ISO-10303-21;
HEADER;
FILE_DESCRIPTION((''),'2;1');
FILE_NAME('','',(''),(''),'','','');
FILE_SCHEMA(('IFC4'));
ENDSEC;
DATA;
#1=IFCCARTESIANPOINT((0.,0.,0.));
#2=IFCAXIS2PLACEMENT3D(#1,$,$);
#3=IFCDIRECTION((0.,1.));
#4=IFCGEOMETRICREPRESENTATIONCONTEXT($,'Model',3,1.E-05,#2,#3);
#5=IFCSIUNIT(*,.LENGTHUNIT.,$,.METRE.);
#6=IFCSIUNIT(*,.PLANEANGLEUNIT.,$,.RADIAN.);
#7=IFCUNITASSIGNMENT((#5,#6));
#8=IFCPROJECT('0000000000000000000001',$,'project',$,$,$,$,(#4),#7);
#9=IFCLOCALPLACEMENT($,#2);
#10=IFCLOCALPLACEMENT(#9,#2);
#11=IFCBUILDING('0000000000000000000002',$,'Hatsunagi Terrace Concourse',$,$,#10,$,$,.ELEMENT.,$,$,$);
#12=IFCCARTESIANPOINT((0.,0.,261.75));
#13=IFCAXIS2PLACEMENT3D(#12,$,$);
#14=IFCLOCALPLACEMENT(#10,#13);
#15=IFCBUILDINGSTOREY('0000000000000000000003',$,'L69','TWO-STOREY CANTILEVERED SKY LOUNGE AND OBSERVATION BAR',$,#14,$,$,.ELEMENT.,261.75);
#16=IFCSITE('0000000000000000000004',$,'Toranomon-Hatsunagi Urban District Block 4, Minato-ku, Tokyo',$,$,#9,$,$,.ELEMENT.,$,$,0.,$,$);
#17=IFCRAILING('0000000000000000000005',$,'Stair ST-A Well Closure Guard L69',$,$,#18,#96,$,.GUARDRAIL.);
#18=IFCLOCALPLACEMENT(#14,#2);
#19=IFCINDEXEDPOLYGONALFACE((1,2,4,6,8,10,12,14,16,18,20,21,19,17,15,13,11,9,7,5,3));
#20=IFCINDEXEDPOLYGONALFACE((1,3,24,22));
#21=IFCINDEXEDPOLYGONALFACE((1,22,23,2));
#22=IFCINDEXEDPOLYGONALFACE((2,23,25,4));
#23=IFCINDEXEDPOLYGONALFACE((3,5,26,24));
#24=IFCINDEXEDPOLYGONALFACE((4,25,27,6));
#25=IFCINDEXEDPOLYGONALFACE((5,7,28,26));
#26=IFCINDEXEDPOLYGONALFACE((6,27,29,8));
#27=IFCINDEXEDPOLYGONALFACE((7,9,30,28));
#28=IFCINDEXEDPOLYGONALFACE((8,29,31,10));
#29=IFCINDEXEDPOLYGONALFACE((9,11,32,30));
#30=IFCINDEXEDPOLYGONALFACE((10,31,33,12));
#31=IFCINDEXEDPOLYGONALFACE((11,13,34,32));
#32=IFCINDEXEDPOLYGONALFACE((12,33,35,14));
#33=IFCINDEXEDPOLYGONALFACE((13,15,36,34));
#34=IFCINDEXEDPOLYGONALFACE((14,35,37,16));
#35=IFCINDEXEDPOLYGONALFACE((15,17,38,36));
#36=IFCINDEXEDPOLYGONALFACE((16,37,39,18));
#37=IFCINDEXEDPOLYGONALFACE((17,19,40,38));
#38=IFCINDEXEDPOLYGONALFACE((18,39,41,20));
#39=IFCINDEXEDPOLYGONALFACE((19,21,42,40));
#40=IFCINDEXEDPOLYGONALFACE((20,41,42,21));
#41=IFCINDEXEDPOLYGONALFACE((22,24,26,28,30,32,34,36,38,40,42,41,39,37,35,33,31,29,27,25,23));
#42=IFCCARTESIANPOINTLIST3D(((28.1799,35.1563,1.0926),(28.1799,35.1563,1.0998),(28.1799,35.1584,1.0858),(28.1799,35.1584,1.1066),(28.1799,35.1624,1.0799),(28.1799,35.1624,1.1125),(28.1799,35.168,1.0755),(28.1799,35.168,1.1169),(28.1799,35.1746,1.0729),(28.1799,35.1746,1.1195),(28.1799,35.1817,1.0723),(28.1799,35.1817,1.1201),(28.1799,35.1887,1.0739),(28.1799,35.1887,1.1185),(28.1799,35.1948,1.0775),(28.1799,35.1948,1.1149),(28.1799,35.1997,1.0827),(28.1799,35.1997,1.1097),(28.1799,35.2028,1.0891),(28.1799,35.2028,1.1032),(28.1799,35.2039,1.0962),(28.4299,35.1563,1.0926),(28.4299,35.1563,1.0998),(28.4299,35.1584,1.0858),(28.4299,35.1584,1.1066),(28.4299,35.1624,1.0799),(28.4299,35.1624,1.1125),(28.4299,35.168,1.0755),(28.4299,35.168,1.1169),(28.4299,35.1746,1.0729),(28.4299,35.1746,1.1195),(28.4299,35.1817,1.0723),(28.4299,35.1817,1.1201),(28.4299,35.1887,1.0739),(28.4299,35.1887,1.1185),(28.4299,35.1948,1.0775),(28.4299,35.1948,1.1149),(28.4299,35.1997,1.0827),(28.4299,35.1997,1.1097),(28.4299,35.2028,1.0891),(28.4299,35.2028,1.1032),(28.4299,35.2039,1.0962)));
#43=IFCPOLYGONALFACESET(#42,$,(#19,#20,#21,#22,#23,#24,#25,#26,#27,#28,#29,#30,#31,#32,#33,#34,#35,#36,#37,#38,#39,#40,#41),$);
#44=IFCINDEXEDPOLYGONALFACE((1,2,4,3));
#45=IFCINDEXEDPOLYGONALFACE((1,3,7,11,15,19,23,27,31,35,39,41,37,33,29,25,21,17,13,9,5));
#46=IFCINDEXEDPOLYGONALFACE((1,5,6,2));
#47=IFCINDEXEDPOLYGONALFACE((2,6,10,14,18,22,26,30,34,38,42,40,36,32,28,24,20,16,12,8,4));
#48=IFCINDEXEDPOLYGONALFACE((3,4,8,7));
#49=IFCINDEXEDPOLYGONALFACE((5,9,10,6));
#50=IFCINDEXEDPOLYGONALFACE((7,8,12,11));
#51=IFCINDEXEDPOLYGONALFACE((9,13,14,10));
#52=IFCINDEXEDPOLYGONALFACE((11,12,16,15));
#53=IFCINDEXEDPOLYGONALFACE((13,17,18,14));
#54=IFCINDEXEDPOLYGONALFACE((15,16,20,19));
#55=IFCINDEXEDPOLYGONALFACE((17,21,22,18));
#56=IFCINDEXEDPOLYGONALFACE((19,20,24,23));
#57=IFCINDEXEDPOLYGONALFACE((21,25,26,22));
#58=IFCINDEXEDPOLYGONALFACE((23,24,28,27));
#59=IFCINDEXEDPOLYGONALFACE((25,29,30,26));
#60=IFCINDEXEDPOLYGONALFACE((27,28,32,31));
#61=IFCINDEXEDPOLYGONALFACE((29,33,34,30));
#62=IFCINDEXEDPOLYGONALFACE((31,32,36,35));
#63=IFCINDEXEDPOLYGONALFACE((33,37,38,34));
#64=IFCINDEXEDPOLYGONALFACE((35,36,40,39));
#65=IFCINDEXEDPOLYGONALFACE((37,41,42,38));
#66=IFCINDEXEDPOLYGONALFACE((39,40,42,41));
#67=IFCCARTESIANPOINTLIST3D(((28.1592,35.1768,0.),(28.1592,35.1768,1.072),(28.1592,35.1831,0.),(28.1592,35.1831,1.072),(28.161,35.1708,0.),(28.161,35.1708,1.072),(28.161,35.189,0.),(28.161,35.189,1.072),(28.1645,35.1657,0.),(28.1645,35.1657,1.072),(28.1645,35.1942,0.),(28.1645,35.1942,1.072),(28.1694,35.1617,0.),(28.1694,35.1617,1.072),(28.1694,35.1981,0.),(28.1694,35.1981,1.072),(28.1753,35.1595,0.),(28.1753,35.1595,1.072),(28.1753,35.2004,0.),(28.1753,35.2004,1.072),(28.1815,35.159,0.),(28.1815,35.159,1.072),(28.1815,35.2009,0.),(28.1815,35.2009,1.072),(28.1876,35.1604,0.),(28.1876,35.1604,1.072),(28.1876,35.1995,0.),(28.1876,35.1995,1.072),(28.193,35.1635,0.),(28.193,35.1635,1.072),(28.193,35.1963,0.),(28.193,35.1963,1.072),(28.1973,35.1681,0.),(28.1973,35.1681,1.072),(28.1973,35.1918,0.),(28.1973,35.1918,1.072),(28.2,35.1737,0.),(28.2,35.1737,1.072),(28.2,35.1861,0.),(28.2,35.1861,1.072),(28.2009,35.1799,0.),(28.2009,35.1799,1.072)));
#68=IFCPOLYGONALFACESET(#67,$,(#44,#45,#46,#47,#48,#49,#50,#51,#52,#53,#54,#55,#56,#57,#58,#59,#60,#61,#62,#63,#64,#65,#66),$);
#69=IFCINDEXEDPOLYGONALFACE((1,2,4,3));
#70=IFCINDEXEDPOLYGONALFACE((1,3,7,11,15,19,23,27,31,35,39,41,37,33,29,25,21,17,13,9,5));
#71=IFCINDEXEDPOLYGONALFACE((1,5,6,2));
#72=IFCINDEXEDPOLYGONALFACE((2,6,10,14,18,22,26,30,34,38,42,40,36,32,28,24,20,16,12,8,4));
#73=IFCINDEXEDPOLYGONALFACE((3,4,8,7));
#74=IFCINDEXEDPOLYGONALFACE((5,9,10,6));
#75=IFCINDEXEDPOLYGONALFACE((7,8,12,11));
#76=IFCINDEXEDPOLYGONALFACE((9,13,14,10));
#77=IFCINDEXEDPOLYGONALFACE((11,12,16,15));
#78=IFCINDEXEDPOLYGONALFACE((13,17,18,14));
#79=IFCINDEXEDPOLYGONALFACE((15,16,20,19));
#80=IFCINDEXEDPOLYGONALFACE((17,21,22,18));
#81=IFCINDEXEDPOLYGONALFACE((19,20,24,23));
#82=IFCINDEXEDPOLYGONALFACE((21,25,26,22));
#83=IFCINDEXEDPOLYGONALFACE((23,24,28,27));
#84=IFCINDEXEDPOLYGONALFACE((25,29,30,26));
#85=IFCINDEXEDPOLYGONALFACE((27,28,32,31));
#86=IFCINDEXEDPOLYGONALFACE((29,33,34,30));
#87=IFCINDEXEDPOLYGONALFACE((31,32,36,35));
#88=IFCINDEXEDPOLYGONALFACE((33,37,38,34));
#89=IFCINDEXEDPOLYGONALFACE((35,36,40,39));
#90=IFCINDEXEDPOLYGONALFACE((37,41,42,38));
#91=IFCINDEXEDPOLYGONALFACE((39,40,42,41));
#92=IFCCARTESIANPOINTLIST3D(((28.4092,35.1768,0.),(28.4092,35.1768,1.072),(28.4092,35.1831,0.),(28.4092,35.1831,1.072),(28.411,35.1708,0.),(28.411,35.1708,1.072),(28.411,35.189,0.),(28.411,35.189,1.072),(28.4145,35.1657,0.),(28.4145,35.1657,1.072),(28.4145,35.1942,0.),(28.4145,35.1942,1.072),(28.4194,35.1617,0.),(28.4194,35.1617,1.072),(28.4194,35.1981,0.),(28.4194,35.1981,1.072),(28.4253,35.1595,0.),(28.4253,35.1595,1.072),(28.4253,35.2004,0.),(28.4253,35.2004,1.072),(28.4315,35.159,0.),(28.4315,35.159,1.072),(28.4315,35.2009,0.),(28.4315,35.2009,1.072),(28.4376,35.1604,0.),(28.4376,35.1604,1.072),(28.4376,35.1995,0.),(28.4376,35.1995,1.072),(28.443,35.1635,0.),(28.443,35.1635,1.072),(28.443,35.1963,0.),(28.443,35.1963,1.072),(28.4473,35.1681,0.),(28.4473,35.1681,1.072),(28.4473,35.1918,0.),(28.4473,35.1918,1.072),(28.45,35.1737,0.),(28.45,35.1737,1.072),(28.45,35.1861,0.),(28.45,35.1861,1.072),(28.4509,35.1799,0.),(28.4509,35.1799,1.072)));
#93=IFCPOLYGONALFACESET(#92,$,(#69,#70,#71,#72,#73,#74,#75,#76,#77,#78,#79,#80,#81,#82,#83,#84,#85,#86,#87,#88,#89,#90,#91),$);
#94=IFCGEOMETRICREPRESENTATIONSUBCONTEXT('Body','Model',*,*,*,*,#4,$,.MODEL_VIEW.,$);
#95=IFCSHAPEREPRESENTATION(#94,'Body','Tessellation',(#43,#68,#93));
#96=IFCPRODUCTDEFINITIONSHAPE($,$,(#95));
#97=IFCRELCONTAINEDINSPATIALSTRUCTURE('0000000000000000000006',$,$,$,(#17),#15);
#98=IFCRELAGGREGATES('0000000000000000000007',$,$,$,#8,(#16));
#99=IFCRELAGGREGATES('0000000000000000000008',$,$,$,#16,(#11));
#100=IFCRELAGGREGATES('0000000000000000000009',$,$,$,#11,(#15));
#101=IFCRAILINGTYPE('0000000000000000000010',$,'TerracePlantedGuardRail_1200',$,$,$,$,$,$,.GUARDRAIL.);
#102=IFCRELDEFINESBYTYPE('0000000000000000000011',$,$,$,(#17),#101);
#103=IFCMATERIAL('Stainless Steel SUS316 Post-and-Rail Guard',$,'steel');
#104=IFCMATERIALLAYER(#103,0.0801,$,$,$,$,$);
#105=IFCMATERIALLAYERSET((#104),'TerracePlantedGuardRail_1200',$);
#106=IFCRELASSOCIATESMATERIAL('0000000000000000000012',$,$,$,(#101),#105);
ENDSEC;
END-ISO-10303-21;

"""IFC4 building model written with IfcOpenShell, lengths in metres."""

from ifc_helpers import new_model, si_unit, direction, frame, origin, origin_2d, place, context, subcontext, project, spatial, circle, extrude, material, layer, layer_set, type_object, element, save


model = new_model("IFC4")

# Units and contexts
model_context = context("Model", 3, precision=1e-05, world=origin(), true_north=direction((0.0, 1.0)))
body_context = subcontext(model_context, "Body", "Model", "MODEL_VIEW")
ifc_project = project(units=[si_unit("LENGTHUNIT", "METRE"), si_unit("PLANEANGLEUNIT", "RADIAN")], contexts=[model_context])

# Site, building, storey
site_placement = place(None, origin())
site = spatial("IfcSite", under=ifc_project, at=site_placement, Name="Toranomon-Hatsunagi Urban District Block 4, Minato-ku, Tokyo", CompositionType="ELEMENT", RefElevation=0.0)
building_placement = place(site_placement, origin())
building = spatial("IfcBuilding", under=site, at=building_placement, Name="Hatsunagi Terrace Concourse", CompositionType="ELEMENT")
storey_placement = place(building_placement, frame((0.0, 0.0, 261.75)))
storey = spatial("IfcBuildingStorey", under=building, at=storey_placement, Name="L69", Description="TWO-STOREY CANTILEVERED SKY LOUNGE AND OBSERVATION BAR", CompositionType="ELEMENT", Elevation=261.75)

# Railing
ifc_material_1 = material(Name="Stainless Steel SUS316 Post-and-Rail Guard", Category="steel")
ifc_layer_1 = layer(ifc_material_1, 0.0801)
ifc_layer_set_1 = layer_set([ifc_layer_1], Name="TerracePlantedGuardRail_1200")
railing_type_1 = type_object("IfcRailingType", Name="TerracePlantedGuardRail_1200", PredefinedType="GUARDRAIL", material=ifc_layer_set_1)
railing_1_placement = place(storey_placement, frame((28.1799, 35.1799, 0.0)))
element("IfcRailing", 1, at=railing_1_placement, inside=storey, type_object=railing_type_1, Name="Stair ST-A Well Closure Guard L69", PredefinedType="GUARDRAIL", context=body_context, shape_type="SweptSolid", body=[
    extrude(circle(Radius=0.0239, at=origin_2d()), frame((0.0, 0.0, 1.0962), z_axis=(1.0, 0.0, 0.0), x_axis=(0.0, 1.0, 0.0)), (0.0, 0.0, 1.0), 0.25),
    extrude(circle(Radius=0.021, at=origin_2d()), origin(), (0.0, 0.0, 1.0), 1.072),
    extrude(circle(Radius=0.021, at=origin_2d()), frame((0.25, 0.0, 0.0)), (0.0, 0.0, 1.0), 1.072),
])

save(model, "model.ifc")
